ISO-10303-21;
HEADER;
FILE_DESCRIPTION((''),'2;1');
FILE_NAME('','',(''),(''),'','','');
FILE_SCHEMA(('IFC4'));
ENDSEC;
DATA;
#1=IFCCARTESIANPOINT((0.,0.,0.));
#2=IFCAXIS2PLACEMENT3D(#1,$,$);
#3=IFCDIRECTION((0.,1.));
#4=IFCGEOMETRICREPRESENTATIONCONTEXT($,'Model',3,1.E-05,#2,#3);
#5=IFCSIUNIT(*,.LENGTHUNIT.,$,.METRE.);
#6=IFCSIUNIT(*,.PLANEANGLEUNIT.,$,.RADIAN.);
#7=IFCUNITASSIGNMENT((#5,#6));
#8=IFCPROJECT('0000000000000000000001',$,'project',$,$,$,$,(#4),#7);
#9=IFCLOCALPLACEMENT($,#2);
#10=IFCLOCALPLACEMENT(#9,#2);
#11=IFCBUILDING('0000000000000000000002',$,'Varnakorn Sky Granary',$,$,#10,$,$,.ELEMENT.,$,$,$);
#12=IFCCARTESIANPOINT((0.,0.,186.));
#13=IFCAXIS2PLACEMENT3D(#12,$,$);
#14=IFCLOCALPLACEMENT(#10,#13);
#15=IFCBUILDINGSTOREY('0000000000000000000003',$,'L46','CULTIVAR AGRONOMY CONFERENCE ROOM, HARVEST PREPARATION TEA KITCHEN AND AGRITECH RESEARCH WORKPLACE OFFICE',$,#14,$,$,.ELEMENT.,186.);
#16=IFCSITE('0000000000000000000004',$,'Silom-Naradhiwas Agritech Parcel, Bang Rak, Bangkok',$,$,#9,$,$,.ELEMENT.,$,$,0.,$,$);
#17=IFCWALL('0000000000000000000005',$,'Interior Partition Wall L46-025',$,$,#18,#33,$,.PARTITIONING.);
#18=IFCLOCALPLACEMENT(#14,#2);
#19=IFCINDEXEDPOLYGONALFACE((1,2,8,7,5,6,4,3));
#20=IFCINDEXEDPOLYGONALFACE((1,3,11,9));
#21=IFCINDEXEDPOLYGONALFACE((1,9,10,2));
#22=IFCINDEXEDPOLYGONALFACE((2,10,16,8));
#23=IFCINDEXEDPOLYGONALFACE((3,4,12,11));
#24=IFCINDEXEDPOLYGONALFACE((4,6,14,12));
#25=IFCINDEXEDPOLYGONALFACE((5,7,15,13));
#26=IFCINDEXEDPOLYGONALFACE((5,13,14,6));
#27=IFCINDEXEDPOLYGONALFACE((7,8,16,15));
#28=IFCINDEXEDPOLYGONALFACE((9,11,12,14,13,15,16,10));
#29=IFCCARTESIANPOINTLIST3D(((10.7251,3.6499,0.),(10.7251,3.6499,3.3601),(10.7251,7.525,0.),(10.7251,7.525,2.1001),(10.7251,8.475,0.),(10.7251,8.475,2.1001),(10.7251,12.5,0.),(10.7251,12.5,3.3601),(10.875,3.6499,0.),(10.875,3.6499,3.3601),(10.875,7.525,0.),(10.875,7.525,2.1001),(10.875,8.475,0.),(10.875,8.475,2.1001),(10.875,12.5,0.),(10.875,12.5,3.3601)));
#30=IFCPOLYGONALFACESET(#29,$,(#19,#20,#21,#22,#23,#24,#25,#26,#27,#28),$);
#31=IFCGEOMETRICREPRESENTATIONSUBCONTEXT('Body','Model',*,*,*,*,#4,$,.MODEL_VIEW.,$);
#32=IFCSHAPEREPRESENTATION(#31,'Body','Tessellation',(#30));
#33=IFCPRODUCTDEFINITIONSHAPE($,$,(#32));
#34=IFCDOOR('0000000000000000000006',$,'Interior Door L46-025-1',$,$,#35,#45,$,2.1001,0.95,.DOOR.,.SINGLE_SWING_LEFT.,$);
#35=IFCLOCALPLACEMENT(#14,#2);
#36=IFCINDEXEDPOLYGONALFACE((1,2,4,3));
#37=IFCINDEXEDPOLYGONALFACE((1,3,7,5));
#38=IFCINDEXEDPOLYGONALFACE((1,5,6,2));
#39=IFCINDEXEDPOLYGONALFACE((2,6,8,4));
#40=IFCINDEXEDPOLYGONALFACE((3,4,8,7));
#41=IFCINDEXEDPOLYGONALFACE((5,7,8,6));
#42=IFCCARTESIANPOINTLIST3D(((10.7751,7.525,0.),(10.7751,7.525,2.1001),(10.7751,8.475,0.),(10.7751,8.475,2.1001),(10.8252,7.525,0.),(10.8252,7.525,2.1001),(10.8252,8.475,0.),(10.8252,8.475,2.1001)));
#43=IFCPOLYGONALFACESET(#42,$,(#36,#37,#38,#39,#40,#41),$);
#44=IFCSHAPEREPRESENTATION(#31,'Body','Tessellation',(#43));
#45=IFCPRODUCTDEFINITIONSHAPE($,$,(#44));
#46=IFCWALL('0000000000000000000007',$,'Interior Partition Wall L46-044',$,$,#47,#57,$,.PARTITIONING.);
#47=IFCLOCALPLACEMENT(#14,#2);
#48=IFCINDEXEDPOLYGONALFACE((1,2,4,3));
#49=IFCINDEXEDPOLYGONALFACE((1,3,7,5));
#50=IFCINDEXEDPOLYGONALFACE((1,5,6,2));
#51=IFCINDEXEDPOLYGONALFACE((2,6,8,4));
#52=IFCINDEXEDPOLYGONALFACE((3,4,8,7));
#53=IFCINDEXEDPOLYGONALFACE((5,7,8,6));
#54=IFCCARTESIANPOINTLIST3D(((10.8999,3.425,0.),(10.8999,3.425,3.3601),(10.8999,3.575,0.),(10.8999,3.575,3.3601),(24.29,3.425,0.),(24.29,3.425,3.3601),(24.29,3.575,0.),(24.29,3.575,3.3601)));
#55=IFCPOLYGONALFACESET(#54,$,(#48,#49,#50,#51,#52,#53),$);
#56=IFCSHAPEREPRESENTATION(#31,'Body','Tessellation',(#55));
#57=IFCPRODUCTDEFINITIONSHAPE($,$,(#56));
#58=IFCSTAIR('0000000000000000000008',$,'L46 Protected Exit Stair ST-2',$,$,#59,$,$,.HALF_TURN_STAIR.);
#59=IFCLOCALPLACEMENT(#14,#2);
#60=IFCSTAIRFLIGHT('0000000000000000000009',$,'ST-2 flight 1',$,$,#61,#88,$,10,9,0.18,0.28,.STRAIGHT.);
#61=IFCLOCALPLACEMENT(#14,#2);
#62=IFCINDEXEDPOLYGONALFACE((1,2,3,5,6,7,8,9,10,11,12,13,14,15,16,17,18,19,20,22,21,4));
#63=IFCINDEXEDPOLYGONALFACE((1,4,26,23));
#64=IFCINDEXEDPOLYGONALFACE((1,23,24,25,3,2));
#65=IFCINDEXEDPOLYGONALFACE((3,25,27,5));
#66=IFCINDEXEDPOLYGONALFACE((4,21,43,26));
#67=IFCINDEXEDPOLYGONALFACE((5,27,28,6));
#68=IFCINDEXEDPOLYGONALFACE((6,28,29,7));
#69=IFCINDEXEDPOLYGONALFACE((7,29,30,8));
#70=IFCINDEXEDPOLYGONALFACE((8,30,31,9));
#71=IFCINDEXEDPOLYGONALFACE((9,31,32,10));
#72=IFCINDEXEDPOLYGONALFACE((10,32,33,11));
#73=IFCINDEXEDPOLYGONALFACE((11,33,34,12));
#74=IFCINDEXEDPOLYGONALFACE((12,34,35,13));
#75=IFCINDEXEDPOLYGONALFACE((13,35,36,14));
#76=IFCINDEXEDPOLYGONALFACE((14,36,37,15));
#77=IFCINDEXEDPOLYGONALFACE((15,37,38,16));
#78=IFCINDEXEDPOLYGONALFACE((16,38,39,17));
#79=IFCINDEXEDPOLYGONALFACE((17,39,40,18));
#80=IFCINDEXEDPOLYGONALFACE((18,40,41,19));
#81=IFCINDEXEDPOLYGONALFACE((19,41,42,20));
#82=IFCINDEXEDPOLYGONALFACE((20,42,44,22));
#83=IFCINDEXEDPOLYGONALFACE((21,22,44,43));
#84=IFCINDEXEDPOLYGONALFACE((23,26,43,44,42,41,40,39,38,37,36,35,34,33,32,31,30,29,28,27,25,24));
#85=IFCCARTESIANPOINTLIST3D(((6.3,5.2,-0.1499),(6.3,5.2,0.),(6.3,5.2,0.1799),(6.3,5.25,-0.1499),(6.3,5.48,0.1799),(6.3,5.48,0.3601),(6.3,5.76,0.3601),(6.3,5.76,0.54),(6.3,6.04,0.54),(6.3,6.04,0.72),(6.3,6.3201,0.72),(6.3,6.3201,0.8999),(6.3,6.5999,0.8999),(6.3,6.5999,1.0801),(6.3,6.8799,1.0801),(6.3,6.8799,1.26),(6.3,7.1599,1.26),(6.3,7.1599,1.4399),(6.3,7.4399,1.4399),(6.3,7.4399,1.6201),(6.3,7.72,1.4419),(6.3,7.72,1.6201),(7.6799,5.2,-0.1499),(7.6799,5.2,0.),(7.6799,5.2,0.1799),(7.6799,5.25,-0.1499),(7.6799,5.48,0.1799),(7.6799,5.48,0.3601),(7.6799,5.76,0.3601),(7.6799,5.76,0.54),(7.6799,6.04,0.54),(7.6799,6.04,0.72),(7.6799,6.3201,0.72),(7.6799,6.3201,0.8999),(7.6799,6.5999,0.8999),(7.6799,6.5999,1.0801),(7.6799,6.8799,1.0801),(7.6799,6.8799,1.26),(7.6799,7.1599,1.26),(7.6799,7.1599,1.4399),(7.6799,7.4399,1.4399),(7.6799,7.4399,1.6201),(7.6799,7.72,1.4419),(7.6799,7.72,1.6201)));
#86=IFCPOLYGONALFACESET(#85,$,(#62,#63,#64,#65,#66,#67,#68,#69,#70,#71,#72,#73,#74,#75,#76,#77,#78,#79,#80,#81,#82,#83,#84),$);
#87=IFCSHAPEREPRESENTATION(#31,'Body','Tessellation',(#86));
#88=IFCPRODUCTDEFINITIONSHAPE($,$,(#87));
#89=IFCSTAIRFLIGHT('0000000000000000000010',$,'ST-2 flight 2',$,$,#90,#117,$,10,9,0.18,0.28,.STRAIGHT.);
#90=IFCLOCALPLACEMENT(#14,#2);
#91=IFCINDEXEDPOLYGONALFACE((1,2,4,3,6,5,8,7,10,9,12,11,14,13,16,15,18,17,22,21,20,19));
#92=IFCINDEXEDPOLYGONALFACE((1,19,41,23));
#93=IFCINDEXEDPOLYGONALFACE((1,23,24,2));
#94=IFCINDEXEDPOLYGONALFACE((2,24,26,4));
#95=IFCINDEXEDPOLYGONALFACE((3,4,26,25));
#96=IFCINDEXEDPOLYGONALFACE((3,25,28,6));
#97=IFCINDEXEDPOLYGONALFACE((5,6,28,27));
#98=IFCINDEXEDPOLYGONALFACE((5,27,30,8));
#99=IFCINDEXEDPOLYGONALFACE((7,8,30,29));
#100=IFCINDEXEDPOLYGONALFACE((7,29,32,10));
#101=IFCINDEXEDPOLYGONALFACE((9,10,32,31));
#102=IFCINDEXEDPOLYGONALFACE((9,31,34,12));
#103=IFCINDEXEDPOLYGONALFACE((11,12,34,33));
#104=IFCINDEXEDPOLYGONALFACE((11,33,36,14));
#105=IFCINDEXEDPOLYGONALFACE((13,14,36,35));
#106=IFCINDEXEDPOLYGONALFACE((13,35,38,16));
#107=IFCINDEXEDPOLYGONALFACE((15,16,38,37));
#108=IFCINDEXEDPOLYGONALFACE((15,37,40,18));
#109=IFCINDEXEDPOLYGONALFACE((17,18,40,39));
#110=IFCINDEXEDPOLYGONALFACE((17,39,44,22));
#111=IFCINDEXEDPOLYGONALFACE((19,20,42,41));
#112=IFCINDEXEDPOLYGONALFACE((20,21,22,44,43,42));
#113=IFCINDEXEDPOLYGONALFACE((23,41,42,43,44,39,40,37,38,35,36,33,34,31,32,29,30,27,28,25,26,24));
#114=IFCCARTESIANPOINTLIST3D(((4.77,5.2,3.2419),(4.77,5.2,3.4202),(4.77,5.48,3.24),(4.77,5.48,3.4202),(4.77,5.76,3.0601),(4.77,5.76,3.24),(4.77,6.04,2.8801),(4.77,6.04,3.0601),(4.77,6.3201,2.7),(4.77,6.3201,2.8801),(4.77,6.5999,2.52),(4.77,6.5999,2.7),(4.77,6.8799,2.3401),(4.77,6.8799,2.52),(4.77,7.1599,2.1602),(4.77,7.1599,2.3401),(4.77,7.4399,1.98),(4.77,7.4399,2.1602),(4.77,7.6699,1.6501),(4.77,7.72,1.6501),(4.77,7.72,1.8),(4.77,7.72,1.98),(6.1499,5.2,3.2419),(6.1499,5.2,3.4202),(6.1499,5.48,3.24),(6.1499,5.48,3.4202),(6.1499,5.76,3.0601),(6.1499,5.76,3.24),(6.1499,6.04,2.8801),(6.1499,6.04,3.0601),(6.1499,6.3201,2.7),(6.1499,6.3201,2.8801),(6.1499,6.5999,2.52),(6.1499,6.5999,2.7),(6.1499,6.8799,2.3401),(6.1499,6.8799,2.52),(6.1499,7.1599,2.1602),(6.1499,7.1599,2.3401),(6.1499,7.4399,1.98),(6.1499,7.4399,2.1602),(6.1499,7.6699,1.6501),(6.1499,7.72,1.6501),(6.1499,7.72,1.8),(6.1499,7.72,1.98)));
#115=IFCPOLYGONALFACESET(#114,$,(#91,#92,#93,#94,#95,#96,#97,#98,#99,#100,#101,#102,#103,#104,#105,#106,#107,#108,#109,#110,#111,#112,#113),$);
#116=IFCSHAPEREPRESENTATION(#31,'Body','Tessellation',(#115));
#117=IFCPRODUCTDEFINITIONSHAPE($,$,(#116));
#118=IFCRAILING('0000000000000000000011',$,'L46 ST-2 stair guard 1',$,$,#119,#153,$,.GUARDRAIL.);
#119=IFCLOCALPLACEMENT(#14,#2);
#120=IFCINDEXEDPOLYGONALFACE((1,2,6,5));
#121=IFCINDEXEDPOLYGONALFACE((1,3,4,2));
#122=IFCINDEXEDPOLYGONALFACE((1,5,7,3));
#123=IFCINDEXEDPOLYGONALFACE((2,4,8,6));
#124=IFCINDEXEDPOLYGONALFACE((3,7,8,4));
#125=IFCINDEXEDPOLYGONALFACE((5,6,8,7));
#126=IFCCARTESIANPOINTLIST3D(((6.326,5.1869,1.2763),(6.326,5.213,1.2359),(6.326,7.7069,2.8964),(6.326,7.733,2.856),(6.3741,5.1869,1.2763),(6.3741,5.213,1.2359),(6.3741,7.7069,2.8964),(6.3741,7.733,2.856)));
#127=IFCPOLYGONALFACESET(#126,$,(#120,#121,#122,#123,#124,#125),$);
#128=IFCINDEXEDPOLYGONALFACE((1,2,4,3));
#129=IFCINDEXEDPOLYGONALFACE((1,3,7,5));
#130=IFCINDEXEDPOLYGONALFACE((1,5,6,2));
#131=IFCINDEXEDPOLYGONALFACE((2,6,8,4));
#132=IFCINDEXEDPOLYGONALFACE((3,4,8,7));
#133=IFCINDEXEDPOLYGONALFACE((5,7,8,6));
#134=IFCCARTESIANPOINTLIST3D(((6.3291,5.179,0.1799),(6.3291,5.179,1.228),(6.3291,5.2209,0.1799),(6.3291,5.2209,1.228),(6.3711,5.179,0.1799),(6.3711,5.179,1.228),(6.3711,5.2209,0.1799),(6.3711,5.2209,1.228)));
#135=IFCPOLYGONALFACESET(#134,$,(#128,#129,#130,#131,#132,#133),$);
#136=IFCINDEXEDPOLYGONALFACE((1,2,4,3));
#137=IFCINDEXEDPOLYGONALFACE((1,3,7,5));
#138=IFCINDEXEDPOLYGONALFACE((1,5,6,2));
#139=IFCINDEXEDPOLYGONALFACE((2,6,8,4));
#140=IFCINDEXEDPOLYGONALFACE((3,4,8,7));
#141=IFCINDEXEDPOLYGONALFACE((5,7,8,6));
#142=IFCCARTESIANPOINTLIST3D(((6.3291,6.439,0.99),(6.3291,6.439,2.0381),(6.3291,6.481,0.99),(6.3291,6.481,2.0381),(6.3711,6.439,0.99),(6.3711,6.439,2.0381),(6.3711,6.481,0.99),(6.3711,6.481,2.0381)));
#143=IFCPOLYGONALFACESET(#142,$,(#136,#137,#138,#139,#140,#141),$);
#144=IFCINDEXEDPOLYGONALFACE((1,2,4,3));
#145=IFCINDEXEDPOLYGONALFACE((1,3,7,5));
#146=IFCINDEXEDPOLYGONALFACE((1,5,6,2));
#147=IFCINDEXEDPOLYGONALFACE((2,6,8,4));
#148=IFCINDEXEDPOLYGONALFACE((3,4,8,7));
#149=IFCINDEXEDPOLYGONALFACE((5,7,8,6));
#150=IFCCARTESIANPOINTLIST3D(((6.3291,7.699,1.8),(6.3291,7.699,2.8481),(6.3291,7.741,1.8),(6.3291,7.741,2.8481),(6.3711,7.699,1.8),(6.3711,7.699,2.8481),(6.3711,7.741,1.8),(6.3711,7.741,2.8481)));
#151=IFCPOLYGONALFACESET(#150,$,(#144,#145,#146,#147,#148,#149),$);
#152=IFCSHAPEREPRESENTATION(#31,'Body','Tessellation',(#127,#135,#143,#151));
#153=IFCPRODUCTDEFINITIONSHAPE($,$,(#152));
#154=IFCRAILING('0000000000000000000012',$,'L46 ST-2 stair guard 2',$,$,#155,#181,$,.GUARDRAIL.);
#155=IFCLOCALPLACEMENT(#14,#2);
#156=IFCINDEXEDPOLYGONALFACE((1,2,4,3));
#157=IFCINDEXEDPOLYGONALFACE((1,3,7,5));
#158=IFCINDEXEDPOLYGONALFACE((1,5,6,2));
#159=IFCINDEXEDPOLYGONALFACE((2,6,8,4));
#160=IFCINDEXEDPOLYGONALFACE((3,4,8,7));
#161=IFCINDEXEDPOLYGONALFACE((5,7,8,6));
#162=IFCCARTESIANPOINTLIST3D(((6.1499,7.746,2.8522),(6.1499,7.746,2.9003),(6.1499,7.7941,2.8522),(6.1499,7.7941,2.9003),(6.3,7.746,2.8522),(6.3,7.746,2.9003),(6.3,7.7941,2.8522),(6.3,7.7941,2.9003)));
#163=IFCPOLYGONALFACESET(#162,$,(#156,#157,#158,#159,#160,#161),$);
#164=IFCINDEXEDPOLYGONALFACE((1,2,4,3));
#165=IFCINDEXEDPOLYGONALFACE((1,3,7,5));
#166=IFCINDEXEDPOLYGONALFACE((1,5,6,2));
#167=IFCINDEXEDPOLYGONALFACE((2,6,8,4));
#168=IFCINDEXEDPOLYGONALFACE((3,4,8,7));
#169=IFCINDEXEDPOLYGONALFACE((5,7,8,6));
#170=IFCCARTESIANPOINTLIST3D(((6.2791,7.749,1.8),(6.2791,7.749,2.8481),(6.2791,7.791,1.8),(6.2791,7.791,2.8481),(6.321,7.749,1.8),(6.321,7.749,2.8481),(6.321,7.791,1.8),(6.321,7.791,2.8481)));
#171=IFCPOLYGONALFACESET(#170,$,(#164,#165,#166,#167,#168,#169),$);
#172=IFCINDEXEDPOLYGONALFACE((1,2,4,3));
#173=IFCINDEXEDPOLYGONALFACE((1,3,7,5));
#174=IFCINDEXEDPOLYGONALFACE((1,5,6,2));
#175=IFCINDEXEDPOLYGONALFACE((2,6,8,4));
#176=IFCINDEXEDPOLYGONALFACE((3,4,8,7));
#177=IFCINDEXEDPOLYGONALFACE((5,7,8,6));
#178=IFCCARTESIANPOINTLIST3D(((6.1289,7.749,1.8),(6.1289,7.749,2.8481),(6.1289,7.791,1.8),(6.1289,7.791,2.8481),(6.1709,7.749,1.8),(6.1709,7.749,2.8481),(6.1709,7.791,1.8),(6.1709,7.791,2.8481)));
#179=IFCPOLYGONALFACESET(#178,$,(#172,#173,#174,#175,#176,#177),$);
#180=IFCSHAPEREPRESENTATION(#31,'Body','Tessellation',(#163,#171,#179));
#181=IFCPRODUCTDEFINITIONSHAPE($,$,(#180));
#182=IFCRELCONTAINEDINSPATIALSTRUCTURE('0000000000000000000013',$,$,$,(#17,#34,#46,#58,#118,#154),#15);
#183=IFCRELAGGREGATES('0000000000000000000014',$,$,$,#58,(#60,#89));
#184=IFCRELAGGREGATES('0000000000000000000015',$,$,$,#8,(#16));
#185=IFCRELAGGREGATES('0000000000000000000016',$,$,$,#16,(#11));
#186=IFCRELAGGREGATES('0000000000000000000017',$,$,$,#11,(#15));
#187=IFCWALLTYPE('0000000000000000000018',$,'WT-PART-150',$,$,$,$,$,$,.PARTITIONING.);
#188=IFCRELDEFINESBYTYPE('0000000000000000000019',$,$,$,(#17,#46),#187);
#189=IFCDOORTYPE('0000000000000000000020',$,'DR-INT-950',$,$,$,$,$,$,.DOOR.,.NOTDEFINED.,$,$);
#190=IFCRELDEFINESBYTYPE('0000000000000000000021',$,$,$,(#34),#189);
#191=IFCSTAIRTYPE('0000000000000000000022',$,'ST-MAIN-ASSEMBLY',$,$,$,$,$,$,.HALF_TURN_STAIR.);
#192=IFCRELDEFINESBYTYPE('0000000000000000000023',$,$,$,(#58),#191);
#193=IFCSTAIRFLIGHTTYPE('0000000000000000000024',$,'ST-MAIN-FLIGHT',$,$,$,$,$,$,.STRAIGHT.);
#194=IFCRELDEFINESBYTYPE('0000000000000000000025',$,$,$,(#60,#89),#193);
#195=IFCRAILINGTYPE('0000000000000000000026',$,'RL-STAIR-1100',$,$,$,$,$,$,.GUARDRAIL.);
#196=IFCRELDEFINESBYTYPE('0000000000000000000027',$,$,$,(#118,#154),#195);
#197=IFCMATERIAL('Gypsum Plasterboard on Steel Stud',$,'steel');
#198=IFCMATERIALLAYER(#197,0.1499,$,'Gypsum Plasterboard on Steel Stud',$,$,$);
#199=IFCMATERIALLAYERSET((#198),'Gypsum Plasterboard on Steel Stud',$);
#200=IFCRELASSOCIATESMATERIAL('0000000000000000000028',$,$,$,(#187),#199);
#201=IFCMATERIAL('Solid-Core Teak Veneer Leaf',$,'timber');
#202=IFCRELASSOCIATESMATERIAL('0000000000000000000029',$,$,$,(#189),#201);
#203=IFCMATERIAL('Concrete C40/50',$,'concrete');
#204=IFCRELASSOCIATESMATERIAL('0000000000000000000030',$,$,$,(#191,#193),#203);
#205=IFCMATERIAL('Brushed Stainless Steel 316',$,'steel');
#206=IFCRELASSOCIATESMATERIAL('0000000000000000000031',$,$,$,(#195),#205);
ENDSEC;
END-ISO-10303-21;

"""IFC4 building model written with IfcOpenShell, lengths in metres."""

from ifc_helpers import new_model, si_unit, direction, frame, frame_2d, origin, origin_2d, place, context, subcontext, project, spatial, polyline, rectangle, outline, extrude, material, layer, layer_set, type_object, element, fill, aggregate, save


model = new_model("IFC4")

# Units and contexts
model_context = context("Model", 3, precision=1e-05, world=origin(), true_north=direction((0.0, 1.0)))
body_context = subcontext(model_context, "Body", "Model", "MODEL_VIEW")
ifc_project = project(units=[si_unit("LENGTHUNIT", "METRE"), si_unit("PLANEANGLEUNIT", "RADIAN")], contexts=[model_context])

# Site, building, storey
site_placement = place(None, origin())
site = spatial("IfcSite", under=ifc_project, at=site_placement, Name="Silom-Naradhiwas Agritech Parcel, Bang Rak, Bangkok", CompositionType="ELEMENT", RefElevation=0.0)
building_placement = place(site_placement, origin())
building = spatial("IfcBuilding", under=site, at=building_placement, Name="Varnakorn Sky Granary", CompositionType="ELEMENT")
storey_placement = place(building_placement, frame((0.0, 0.0, 186.0)))
storey = spatial("IfcBuildingStorey", under=building, at=storey_placement, Name="L46", Description="CULTIVAR AGRONOMY CONFERENCE ROOM, HARVEST PREPARATION TEA KITCHEN AND AGRITECH RESEARCH WORKPLACE OFFICE", CompositionType="ELEMENT", Elevation=186.0)

# Wall, opening, door
ifc_material_1 = material(Name="Gypsum Plasterboard on Steel Stud", Category="steel")
ifc_layer_1 = layer(ifc_material_1, 0.1499, Name="Gypsum Plasterboard on Steel Stud")
ifc_layer_set_1 = layer_set([ifc_layer_1], Name="Gypsum Plasterboard on Steel Stud")
wall_type_1 = type_object("IfcWallType", Name="WT-PART-150", PredefinedType="PARTITIONING", material=ifc_layer_set_1)
wall_1_placement = place(storey_placement, frame((10.8, 3.6499, 0.0), z_axis=(0.0, 0.0, 1.0), x_axis=(0.0, 1.0, 0.0)))
wall_1 = element("IfcWall", 1, at=wall_1_placement, inside=storey, type_object=wall_type_1, Name="Interior Partition Wall L46-025", PredefinedType="PARTITIONING", context=body_context, shape_type="SweptSolid", body=[
    extrude(rectangle(XDim=8.8501, YDim=0.1499, at=frame_2d((4.425, 0.0))), origin(), (0.0, 0.0, 1.0), 3.3601),
])
opening_1_placement = place(wall_1_placement, frame((3.875, 0.0, 0.0)))
opening_1 = element("IfcOpeningElement", 2, at=opening_1_placement, cuts=wall_1, PredefinedType="OPENING", context=body_context, shape_type="SweptSolid", body=[
    extrude(rectangle(XDim=0.95, YDim=2.1001, at=frame_2d((0.4751, 1.05))), frame((0.0, 0.085, 0.0), z_axis=(0.0, -1.0, 0.0), x_axis=(1.0, 0.0, 0.0)), (0.0, 0.0, 1.0), 0.1699),
])
ifc_material_2 = material(Name="Solid-Core Teak Veneer Leaf", Category="timber")
door_type_1 = type_object("IfcDoorType", Name="DR-INT-950", OperationType="NOTDEFINED", PredefinedType="DOOR", material=ifc_material_2)
door_1_placement = place(opening_1_placement, origin())
door_1 = element("IfcDoor", 3, at=door_1_placement, inside=storey, type_object=door_type_1, Name="Interior Door L46-025-1", OperationType="SINGLE_SWING_LEFT", OverallHeight=2.1001, OverallWidth=0.95, PredefinedType="DOOR", context=body_context, shape_type="SweptSolid", body=[
    extrude(rectangle(XDim=0.95, YDim=2.1001, at=frame_2d((0.4751, 1.05))), frame((0.0, 0.0249, 0.0), z_axis=(0.0, -1.0, 0.0), x_axis=(1.0, 0.0, 0.0)), (0.0, 0.0, 1.0), 0.05),
])
fill(opening_1, door_1)

# Wall
wall_2_placement = place(storey_placement, frame((10.8999, 3.5, 0.0), z_axis=(0.0, 0.0, 1.0), x_axis=(1.0, 0.0, 0.0)))
element("IfcWall", 4, at=wall_2_placement, inside=storey, type_object=wall_type_1, Name="Interior Partition Wall L46-044", PredefinedType="PARTITIONING", context=body_context, shape_type="SweptSolid", body=[
    extrude(rectangle(XDim=13.3901, YDim=0.1499, at=frame_2d((6.6951, 0.0))), origin(), (0.0, 0.0, 1.0), 3.3601),
])

# Stair, stair flights
ifc_material_3 = material(Name="Concrete C40/50", Category="concrete")
stair_type = type_object("IfcStairType", Name="ST-MAIN-ASSEMBLY", PredefinedType="HALF_TURN_STAIR", material=ifc_material_3)
stair_placement = place(storey_placement, origin())
stair = element("IfcStair", 5, at=stair_placement, inside=storey, type_object=stair_type, Name="L46 Protected Exit Stair ST-2", PredefinedType="HALF_TURN_STAIR")
stair_flight_type = type_object("IfcStairFlightType", Name="ST-MAIN-FLIGHT", PredefinedType="STRAIGHT", material=ifc_material_3)
stair_flight_1_placement = place(storey_placement, frame((6.99, 5.2, 0.0), z_axis=(0.0, 0.0, 1.0), x_axis=(0.0, 1.0, 0.0)))
stair_flight_1 = element("IfcStairFlight", 6, at=stair_flight_1_placement, type_object=stair_flight_type, Name="ST-2 flight 1", NumberOfRisers=10, NumberOfTreads=9, PredefinedType="STRAIGHT", RiserHeight=0.18, TreadLength=0.28, context=body_context, shape_type="SweptSolid", body=[
    extrude(outline(polyline([(0.0, -0.1499), (0.0, 0.0), (0.0, 0.1799), (0.28, 0.1799), (0.28, 0.3601), (0.5601, 0.3601), (0.5601, 0.54), (0.8401, 0.54), (0.8401, 0.72), (1.1201, 0.72), (1.1201, 0.8999), (1.3999, 0.8999), (1.3999, 1.0801), (1.6799, 1.0801), (1.6799, 1.26), (1.96, 1.26), (1.96, 1.4399), (2.24, 1.4399), (2.24, 1.6201), (2.52, 1.6201), (2.52, 1.8), (2.52, 1.4419), (0.05, -0.1499), (0.0, -0.1499)])), frame((0.0, 0.6899, 0.0), z_axis=(0.0, -1.0, 0.0), x_axis=(1.0, 0.0, 0.0)), (0.0, 0.0, 1.0), 1.3799),
])
stair_flight_2_placement = place(storey_placement, frame((5.46, 7.72, 1.8), z_axis=(0.0, 0.0, 1.0), x_axis=(0.0, -1.0, 0.0)))
stair_flight_2 = element("IfcStairFlight", 7, at=stair_flight_2_placement, type_object=stair_flight_type, Name="ST-2 flight 2", NumberOfRisers=10, NumberOfTreads=9, PredefinedType="STRAIGHT", RiserHeight=0.18, TreadLength=0.28, context=body_context, shape_type="SweptSolid", body=[
    extrude(outline(polyline([(0.0, -0.1499), (0.0, 0.0), (0.0, 0.1799), (0.28, 0.1799), (0.28, 0.3601), (0.5601, 0.3601), (0.5601, 0.54), (0.8401, 0.54), (0.8401, 0.72), (1.1201, 0.72), (1.1201, 0.8999), (1.3999, 0.8999), (1.3999, 1.0801), (1.6799, 1.0801), (1.6799, 1.26), (1.96, 1.26), (1.96, 1.4399), (2.24, 1.4399), (2.24, 1.6201), (2.52, 1.6201), (2.52, 1.8), (2.52, 1.4419), (0.05, -0.1499), (0.0, -0.1499)])), frame((0.0, 0.6899, 0.0), z_axis=(0.0, -1.0, 0.0), x_axis=(1.0, 0.0, 0.0)), (0.0, 0.0, 1.0), 1.3799),
])
aggregate(stair, [stair_flight_1, stair_flight_2])

# Railings
ifc_material_4 = material(Name="Brushed Stainless Steel 316", Category="steel")
railing_type_1 = type_object("IfcRailingType", Name="RL-STAIR-1100", PredefinedType="GUARDRAIL", material=ifc_material_4)
railing_1_placement = place(storey_placement, frame((6.3501, 5.2, 0.1799)))
element("IfcRailing", 8, at=railing_1_placement, inside=storey, type_object=railing_type_1, Name="L46 ST-2 stair guard 1", PredefinedType="GUARDRAIL", context=body_context, shape_type="SweptSolid", body=[
    extrude(rectangle(XDim=0.0481, YDim=0.0481, at=origin_2d()), frame((0.0, 0.0, 1.0762), z_axis=(0.0, 0.841163, 0.540782), x_axis=(-1.0, 0.0, 0.0)), (0.0, 0.0, 1.0), 2.9958),
    extrude(rectangle(XDim=0.042, YDim=0.042, at=origin_2d()), origin(), (0.0, 0.0, 1.0), 1.0481),
    extrude(rectangle(XDim=0.042, YDim=0.042, at=origin_2d()), frame((0.0, 1.26, 0.8101)), (0.0, 0.0, 1.0), 1.0481),
    extrude(rectangle(XDim=0.042, YDim=0.042, at=origin_2d()), frame((0.0, 2.52, 1.6201)), (0.0, 0.0, 1.0), 1.0481),
])
railing_2_placement = place(storey_placement, frame((6.3, 7.77, 1.8)))
element("IfcRailing", 9, at=railing_2_placement, inside=storey, type_object=railing_type_1, Name="L46 ST-2 stair guard 2", PredefinedType="GUARDRAIL", context=body_context, shape_type="SweptSolid", body=[
    extrude(rectangle(XDim=0.0481, YDim=0.0481, at=origin_2d()), frame((0.0, 0.0, 1.0762), z_axis=(-1.0, 0.0, 0.0), x_axis=(0.0, -1.0, 0.0)), (0.0, 0.0, 1.0), 0.1501),
    extrude(rectangle(XDim=0.042, YDim=0.042, at=origin_2d()), origin(), (0.0, 0.0, 1.0), 1.0481),
    extrude(rectangle(XDim=0.042, YDim=0.042, at=origin_2d()), frame((-0.1501, 0.0, 0.0)), (0.0, 0.0, 1.0), 1.0481),
])

save(model, "model.ifc")
